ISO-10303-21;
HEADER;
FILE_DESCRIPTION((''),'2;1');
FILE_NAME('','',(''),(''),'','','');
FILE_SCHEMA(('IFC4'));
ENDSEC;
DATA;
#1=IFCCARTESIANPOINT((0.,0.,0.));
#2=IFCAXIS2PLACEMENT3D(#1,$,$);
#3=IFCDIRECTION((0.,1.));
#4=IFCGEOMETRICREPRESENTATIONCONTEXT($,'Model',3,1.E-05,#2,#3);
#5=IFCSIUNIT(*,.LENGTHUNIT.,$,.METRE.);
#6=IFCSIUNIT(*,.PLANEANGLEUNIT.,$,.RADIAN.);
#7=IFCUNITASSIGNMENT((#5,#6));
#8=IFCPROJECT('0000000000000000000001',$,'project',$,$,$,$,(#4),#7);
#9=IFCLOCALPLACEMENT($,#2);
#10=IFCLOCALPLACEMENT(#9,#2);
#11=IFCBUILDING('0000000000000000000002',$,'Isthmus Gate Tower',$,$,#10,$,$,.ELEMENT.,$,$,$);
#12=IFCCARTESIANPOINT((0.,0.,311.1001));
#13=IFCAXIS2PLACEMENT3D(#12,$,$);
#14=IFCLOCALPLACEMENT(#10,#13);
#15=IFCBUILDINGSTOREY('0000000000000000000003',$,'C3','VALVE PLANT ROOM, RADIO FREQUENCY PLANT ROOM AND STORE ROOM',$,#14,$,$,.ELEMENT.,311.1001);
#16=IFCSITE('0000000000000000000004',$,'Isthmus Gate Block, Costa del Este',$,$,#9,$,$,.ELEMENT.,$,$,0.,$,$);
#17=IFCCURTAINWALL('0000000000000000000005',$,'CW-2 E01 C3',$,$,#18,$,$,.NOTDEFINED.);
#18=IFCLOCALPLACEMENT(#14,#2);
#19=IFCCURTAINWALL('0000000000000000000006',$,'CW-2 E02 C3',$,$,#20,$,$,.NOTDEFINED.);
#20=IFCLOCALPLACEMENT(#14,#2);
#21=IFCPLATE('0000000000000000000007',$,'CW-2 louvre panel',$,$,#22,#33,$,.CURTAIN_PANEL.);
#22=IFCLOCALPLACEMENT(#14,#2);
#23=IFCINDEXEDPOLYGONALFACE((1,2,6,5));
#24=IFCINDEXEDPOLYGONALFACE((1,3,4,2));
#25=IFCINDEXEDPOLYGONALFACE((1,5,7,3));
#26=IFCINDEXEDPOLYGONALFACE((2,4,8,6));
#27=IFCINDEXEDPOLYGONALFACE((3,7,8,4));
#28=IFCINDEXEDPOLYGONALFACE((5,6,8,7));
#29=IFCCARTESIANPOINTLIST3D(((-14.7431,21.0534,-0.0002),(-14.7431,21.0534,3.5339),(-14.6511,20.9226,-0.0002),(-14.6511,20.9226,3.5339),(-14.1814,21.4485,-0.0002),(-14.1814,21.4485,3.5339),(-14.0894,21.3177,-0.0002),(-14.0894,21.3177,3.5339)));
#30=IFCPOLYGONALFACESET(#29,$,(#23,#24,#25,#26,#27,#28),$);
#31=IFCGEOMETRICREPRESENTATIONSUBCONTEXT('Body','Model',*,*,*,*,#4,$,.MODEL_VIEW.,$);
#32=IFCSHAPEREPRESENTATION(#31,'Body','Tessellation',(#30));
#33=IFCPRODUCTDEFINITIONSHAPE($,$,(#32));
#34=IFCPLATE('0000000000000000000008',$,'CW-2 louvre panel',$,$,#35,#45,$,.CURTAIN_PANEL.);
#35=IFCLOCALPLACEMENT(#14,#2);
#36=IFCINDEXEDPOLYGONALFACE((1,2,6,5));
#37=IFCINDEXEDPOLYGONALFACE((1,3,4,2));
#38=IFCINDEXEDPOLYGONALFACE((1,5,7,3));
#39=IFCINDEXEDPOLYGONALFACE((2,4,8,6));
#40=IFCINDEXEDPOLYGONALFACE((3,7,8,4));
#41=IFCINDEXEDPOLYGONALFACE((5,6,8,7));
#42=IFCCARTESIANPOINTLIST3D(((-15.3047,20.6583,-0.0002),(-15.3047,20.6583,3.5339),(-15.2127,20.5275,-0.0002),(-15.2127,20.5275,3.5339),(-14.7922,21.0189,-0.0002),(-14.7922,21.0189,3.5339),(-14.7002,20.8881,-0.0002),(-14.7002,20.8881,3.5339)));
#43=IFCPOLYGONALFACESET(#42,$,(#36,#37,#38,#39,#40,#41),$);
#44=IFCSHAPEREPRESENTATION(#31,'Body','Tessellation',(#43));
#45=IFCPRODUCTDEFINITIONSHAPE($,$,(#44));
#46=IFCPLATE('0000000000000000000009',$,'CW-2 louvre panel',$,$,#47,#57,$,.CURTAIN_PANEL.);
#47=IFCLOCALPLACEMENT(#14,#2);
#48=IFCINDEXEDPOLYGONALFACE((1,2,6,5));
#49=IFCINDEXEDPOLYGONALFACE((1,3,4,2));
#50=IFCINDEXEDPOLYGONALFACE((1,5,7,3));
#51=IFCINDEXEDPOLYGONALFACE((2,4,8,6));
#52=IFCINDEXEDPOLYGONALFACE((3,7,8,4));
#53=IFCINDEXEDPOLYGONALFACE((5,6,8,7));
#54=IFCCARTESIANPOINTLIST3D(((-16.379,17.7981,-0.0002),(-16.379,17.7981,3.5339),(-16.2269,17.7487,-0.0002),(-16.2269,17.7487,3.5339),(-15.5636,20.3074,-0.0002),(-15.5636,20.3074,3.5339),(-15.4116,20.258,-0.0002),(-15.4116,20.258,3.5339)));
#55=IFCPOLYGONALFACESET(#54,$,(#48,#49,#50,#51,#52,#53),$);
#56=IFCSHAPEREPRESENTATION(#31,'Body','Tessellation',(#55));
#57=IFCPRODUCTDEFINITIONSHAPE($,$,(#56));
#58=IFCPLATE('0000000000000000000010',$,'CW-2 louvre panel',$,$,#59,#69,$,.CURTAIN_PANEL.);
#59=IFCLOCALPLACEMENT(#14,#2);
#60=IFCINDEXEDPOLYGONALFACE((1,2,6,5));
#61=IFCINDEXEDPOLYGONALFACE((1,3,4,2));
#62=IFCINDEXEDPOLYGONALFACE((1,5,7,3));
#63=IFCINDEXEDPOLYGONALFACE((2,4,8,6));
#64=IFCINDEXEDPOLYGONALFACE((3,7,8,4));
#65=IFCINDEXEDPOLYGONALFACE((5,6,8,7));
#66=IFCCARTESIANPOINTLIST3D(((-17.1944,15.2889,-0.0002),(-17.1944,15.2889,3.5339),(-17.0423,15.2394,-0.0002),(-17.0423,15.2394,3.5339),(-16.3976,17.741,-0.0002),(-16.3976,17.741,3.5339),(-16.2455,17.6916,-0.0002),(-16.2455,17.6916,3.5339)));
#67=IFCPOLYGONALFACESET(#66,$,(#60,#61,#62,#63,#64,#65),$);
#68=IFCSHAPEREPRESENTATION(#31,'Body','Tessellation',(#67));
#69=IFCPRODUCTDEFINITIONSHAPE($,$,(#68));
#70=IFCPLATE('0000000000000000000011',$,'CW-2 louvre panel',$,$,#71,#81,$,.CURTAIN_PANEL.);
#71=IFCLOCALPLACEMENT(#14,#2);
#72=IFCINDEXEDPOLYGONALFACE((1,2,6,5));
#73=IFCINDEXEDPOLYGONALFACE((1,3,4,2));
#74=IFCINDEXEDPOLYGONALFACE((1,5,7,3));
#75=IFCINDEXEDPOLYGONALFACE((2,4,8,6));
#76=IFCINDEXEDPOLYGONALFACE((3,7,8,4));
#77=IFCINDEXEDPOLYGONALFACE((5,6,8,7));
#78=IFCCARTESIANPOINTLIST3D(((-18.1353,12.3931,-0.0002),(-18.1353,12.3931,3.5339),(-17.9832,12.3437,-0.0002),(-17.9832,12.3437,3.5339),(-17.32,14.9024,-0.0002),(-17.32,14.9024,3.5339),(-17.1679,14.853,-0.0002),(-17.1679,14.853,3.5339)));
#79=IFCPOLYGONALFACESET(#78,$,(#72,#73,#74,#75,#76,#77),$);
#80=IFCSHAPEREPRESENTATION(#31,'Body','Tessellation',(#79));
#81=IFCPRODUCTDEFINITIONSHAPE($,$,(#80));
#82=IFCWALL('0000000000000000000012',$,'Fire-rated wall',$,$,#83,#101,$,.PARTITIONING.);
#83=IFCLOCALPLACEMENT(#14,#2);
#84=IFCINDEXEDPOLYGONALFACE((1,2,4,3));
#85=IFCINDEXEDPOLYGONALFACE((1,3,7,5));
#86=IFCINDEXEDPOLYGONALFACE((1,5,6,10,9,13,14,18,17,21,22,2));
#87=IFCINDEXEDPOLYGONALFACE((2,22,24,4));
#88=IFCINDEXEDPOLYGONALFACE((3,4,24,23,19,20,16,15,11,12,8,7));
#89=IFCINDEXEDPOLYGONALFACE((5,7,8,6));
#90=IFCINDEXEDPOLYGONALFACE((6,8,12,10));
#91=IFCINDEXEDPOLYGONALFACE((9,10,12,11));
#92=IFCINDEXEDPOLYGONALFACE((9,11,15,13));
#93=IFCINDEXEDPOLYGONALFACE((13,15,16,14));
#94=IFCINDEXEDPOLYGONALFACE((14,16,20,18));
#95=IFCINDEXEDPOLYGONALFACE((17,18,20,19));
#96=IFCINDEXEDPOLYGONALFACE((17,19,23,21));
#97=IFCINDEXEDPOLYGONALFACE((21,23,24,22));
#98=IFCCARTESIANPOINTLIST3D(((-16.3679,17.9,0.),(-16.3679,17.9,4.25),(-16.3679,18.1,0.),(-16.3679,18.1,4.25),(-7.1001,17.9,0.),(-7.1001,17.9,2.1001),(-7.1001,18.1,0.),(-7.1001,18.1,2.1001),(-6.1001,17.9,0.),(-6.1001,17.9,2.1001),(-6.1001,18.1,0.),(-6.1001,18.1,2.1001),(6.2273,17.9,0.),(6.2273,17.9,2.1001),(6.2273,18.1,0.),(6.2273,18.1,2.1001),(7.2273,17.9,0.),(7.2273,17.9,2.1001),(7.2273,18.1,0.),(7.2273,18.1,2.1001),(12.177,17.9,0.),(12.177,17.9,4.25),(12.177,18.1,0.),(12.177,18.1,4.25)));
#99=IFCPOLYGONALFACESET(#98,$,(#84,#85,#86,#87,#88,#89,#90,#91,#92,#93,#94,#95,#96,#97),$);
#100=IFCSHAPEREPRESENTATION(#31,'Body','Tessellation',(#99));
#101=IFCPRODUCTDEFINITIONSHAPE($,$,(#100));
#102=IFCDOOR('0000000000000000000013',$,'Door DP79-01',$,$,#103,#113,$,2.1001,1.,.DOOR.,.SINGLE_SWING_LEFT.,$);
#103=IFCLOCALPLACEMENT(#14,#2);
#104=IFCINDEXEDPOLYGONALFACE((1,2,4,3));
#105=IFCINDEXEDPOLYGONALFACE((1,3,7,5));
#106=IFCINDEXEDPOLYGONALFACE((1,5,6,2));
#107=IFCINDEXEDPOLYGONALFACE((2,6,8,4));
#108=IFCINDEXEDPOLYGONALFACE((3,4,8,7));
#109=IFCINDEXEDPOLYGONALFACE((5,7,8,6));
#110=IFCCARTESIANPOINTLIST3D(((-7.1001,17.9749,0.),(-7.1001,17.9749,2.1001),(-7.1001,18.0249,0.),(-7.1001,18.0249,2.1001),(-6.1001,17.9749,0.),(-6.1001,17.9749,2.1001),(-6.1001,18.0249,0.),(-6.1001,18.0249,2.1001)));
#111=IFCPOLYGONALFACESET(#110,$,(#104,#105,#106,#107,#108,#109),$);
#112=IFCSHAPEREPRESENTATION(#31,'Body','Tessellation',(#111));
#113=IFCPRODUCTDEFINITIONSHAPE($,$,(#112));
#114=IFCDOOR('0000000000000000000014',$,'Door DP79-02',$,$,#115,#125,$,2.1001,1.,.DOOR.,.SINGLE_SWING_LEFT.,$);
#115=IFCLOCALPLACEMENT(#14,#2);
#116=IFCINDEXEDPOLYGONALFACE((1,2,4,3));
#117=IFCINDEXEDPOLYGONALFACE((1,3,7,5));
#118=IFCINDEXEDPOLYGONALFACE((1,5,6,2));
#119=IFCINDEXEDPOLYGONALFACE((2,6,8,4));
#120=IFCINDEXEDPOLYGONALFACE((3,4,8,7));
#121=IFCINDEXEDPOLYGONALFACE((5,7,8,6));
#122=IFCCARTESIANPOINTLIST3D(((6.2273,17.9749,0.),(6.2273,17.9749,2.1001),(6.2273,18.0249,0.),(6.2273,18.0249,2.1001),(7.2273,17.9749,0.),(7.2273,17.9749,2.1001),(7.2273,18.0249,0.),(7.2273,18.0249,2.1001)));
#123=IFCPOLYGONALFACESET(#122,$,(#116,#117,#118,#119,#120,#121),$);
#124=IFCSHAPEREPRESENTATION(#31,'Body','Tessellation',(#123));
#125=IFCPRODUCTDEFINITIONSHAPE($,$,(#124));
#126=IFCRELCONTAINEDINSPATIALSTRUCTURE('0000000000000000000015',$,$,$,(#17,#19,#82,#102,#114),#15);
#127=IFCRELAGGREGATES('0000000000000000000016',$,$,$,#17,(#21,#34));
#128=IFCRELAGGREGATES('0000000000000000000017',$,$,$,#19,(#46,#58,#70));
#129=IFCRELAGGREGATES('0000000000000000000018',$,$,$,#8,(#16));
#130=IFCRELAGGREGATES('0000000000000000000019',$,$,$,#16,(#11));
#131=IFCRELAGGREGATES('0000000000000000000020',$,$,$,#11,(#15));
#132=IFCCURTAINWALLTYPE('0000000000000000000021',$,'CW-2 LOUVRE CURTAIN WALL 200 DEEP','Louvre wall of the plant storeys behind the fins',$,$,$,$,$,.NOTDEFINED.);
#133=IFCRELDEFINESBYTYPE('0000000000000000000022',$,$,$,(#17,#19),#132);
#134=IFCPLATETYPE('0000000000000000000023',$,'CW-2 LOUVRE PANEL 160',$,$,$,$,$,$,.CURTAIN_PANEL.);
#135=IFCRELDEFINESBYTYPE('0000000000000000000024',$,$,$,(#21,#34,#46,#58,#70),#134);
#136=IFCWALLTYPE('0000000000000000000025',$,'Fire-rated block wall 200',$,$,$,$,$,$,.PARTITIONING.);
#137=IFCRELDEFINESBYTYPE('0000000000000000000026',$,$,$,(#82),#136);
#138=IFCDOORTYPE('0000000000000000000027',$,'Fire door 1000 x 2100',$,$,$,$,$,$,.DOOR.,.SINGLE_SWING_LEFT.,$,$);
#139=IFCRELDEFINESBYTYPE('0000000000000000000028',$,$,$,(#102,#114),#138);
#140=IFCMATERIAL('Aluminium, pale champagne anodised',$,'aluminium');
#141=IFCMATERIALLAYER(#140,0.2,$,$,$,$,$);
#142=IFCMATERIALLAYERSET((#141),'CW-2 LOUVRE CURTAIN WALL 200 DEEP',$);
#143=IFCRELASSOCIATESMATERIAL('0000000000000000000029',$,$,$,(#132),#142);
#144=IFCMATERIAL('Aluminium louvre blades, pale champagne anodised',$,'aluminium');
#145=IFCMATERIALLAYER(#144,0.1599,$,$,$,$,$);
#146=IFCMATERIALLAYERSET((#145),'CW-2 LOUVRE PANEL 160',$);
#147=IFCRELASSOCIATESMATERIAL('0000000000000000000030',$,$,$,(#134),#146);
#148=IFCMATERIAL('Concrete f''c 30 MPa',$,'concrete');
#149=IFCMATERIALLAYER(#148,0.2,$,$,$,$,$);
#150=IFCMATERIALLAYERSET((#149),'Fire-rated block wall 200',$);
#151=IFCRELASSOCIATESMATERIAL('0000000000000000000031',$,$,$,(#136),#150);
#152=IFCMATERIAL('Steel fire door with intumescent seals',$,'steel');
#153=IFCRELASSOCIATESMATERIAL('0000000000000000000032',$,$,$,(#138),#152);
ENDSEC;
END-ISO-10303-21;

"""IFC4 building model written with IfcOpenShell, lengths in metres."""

from ifc_helpers import new_model, si_unit, direction, frame, frame_2d, origin, origin_2d, place, context, subcontext, project, spatial, rectangle, extrude, material, layer, layer_set, type_object, element, fill, aggregate, save


model = new_model("IFC4")

# Units and contexts
model_context = context("Model", 3, precision=1e-05, world=origin(), true_north=direction((0.0, 1.0)))
body_context = subcontext(model_context, "Body", "Model", "MODEL_VIEW")
ifc_project = project(units=[si_unit("LENGTHUNIT", "METRE"), si_unit("PLANEANGLEUNIT", "RADIAN")], contexts=[model_context])

# Site, building, storey
site_placement = place(None, origin())
site = spatial("IfcSite", under=ifc_project, at=site_placement, Name="Isthmus Gate Block, Costa del Este", CompositionType="ELEMENT", RefElevation=0.0)
building_placement = place(site_placement, origin())
building = spatial("IfcBuilding", under=site, at=building_placement, Name="Isthmus Gate Tower", CompositionType="ELEMENT")
storey_placement = place(building_placement, frame((0.0, 0.0, 311.1001)))
storey = spatial("IfcBuildingStorey", under=building, at=storey_placement, Name="C3", Description="VALVE PLANT ROOM, RADIO FREQUENCY PLANT ROOM AND STORE ROOM", CompositionType="ELEMENT", Elevation=311.1001)

# Curtain walls
ifc_material_1 = material(Name="Aluminium, pale champagne anodised", Category="aluminium")
ifc_layer_1 = layer(ifc_material_1, 0.2)
ifc_layer_set_1 = layer_set([ifc_layer_1], Name="CW-2 LOUVRE CURTAIN WALL 200 DEEP")
curtain_wall_type = type_object("IfcCurtainWallType", Name="CW-2 LOUVRE CURTAIN WALL 200 DEEP", Description="Louvre wall of the plant storeys behind the fins", PredefinedType="NOTDEFINED", material=ifc_layer_set_1)
curtain_wall_1_placement = place(storey_placement, origin())
curtain_wall_1 = element("IfcCurtainWall", 1, at=curtain_wall_1_placement, inside=storey, type_object=curtain_wall_type, Name="CW-2 E01 C3", PredefinedType="NOTDEFINED")
curtain_wall_2_placement = place(storey_placement, origin())
curtain_wall_2 = element("IfcCurtainWall", 2, at=curtain_wall_2_placement, inside=storey, type_object=curtain_wall_type, Name="CW-2 E02 C3", PredefinedType="NOTDEFINED")

# Plates
ifc_material_2 = material(Name="Aluminium louvre blades, pale champagne anodised", Category="aluminium")
ifc_layer_2 = layer(ifc_material_2, 0.1599)
ifc_layer_set_2 = layer_set([ifc_layer_2], Name="CW-2 LOUVRE PANEL 160")
plate_type = type_object("IfcPlateType", Name="CW-2 LOUVRE PANEL 160", PredefinedType="CURTAIN_PANEL", material=ifc_layer_set_2)
plate_1_placement = place(storey_placement, frame((-14.4163, 21.1855, -0.0002), z_axis=(0.0, 0.0, 1.0), x_axis=(-0.81786, -0.575418, 0.0)))
plate_1 = element("IfcPlate", 3, at=plate_1_placement, type_object=plate_type, Name="CW-2 louvre panel", PredefinedType="CURTAIN_PANEL", context=body_context, shape_type="SweptSolid", body=[
    extrude(rectangle(XDim=0.6868, YDim=0.1599, at=origin_2d()), origin(), (0.0, 0.0, 1.0), 3.5342),
])
plate_2_placement = place(storey_placement, frame((-15.0024, 20.7732, -0.0002), z_axis=(0.0, 0.0, 1.0), x_axis=(-0.81786, -0.575418, 0.0)))
plate_2 = element("IfcPlate", 4, at=plate_2_placement, type_object=plate_type, Name="CW-2 louvre panel", PredefinedType="CURTAIN_PANEL", context=body_context, shape_type="SweptSolid", body=[
    extrude(rectangle(XDim=0.6267, YDim=0.1599, at=origin_2d()), origin(), (0.0, 0.0, 1.0), 3.5342),
])
aggregate(curtain_wall_1, [plate_1, plate_2])
plate_3_placement = place(storey_placement, frame((-15.8953, 19.0281, -0.0002), z_axis=(0.0, 0.0, 1.0), x_axis=(-0.309017, -0.951057, 0.0)))
plate_3 = element("IfcPlate", 5, at=plate_3_placement, type_object=plate_type, Name="CW-2 louvre panel", PredefinedType="CURTAIN_PANEL", context=body_context, shape_type="SweptSolid", body=[
    extrude(rectangle(XDim=2.6384, YDim=0.1599, at=origin_2d()), origin(), (0.0, 0.0, 1.0), 3.5342),
])
plate_4_placement = place(storey_placement, frame((-16.72, 16.4902, -0.0002), z_axis=(0.0, 0.0, 1.0), x_axis=(-0.309017, -0.951057, 0.0)))
plate_4 = element("IfcPlate", 6, at=plate_4_placement, type_object=plate_type, Name="CW-2 louvre panel", PredefinedType="CURTAIN_PANEL", context=body_context, shape_type="SweptSolid", body=[
    extrude(rectangle(XDim=2.5784, YDim=0.1599, at=origin_2d()), origin(), (0.0, 0.0, 1.0), 3.5342),
])
plate_5_placement = place(storey_placement, frame((-17.6516, 13.623, -0.0002), z_axis=(0.0, 0.0, 1.0), x_axis=(-0.309017, -0.951057, 0.0)))
plate_5 = element("IfcPlate", 7, at=plate_5_placement, type_object=plate_type, Name="CW-2 louvre panel", PredefinedType="CURTAIN_PANEL", context=body_context, shape_type="SweptSolid", body=[
    extrude(rectangle(XDim=2.6384, YDim=0.1599, at=origin_2d()), origin(), (0.0, 0.0, 1.0), 3.5342),
])
aggregate(curtain_wall_2, [plate_3, plate_4, plate_5])

# Wall, openings, doors
ifc_material_3 = material(Name="Concrete f'c 30 MPa", Category="concrete")
ifc_layer_3 = layer(ifc_material_3, 0.2)
ifc_layer_set_3 = layer_set([ifc_layer_3], Name="Fire-rated block wall 200")
wall_type_1 = type_object("IfcWallType", Name="Fire-rated block wall 200", PredefinedType="PARTITIONING", material=ifc_layer_set_3)
wall_1_placement = place(storey_placement, frame((-16.3679, 18.0, 0.0), z_axis=(0.0, 0.0, 1.0), x_axis=(1.0, 0.0, 0.0)))
wall_1 = element("IfcWall", 8, at=wall_1_placement, inside=storey, type_object=wall_type_1, Name="Fire-rated wall", PredefinedType="PARTITIONING", context=body_context, shape_type="SweptSolid", body=[
    extrude(rectangle(XDim=28.5449, YDim=0.2, at=frame_2d((14.2725, 0.0))), origin(), (0.0, 0.0, 1.0), 4.25),
])
opening_1_placement = place(wall_1_placement, frame((9.2678, 0.0, 0.0)))
opening_1 = element("IfcOpeningElement", 9, at=opening_1_placement, cuts=wall_1, PredefinedType="OPENING", context=body_context, shape_type="SweptSolid", body=[
    extrude(rectangle(XDim=1.0, YDim=2.1001, at=frame_2d((0.5, 1.05))), frame((0.0, 0.1099, 0.0), z_axis=(0.0, -1.0, 0.0), x_axis=(1.0, 0.0, 0.0)), (0.0, 0.0, 1.0), 0.22),
])
opening_2_placement = place(wall_1_placement, frame((22.5952, 0.0, 0.0)))
opening_2 = element("IfcOpeningElement", 10, at=opening_2_placement, cuts=wall_1, PredefinedType="OPENING", context=body_context, shape_type="SweptSolid", body=[
    extrude(rectangle(XDim=1.0, YDim=2.1001, at=frame_2d((0.5, 1.05))), frame((0.0, 0.1099, 0.0), z_axis=(0.0, -1.0, 0.0), x_axis=(1.0, 0.0, 0.0)), (0.0, 0.0, 1.0), 0.22),
])
ifc_material_4 = material(Name="Steel fire door with intumescent seals", Category="steel")
door_type_1 = type_object("IfcDoorType", Name="Fire door 1000 x 2100", OperationType="SINGLE_SWING_LEFT", PredefinedType="DOOR", material=ifc_material_4)
door_1_placement = place(opening_1_placement, origin())
door_1 = element("IfcDoor", 11, at=door_1_placement, inside=storey, type_object=door_type_1, Name="Door DP79-01", OperationType="SINGLE_SWING_LEFT", OverallHeight=2.1001, OverallWidth=1.0, PredefinedType="DOOR", context=body_context, shape_type="SweptSolid", body=[
    extrude(rectangle(XDim=1.0, YDim=2.1001, at=frame_2d((0.5, 1.05))), frame((0.0, 0.0249, 0.0), z_axis=(0.0, -1.0, 0.0), x_axis=(1.0, 0.0, 0.0)), (0.0, 0.0, 1.0), 0.05),
])
fill(opening_1, door_1)
door_2_placement = place(opening_2_placement, origin())
door_2 = element("IfcDoor", 12, at=door_2_placement, inside=storey, type_object=door_type_1, Name="Door DP79-02", OperationType="SINGLE_SWING_LEFT", OverallHeight=2.1001, OverallWidth=1.0, PredefinedType="DOOR", context=body_context, shape_type="SweptSolid", body=[
    extrude(rectangle(XDim=1.0, YDim=2.1001, at=frame_2d((0.5, 1.05))), frame((0.0, 0.0249, 0.0), z_axis=(0.0, -1.0, 0.0), x_axis=(1.0, 0.0, 0.0)), (0.0, 0.0, 1.0), 0.05),
])
fill(opening_2, door_2)

save(model, "model.ifc")
